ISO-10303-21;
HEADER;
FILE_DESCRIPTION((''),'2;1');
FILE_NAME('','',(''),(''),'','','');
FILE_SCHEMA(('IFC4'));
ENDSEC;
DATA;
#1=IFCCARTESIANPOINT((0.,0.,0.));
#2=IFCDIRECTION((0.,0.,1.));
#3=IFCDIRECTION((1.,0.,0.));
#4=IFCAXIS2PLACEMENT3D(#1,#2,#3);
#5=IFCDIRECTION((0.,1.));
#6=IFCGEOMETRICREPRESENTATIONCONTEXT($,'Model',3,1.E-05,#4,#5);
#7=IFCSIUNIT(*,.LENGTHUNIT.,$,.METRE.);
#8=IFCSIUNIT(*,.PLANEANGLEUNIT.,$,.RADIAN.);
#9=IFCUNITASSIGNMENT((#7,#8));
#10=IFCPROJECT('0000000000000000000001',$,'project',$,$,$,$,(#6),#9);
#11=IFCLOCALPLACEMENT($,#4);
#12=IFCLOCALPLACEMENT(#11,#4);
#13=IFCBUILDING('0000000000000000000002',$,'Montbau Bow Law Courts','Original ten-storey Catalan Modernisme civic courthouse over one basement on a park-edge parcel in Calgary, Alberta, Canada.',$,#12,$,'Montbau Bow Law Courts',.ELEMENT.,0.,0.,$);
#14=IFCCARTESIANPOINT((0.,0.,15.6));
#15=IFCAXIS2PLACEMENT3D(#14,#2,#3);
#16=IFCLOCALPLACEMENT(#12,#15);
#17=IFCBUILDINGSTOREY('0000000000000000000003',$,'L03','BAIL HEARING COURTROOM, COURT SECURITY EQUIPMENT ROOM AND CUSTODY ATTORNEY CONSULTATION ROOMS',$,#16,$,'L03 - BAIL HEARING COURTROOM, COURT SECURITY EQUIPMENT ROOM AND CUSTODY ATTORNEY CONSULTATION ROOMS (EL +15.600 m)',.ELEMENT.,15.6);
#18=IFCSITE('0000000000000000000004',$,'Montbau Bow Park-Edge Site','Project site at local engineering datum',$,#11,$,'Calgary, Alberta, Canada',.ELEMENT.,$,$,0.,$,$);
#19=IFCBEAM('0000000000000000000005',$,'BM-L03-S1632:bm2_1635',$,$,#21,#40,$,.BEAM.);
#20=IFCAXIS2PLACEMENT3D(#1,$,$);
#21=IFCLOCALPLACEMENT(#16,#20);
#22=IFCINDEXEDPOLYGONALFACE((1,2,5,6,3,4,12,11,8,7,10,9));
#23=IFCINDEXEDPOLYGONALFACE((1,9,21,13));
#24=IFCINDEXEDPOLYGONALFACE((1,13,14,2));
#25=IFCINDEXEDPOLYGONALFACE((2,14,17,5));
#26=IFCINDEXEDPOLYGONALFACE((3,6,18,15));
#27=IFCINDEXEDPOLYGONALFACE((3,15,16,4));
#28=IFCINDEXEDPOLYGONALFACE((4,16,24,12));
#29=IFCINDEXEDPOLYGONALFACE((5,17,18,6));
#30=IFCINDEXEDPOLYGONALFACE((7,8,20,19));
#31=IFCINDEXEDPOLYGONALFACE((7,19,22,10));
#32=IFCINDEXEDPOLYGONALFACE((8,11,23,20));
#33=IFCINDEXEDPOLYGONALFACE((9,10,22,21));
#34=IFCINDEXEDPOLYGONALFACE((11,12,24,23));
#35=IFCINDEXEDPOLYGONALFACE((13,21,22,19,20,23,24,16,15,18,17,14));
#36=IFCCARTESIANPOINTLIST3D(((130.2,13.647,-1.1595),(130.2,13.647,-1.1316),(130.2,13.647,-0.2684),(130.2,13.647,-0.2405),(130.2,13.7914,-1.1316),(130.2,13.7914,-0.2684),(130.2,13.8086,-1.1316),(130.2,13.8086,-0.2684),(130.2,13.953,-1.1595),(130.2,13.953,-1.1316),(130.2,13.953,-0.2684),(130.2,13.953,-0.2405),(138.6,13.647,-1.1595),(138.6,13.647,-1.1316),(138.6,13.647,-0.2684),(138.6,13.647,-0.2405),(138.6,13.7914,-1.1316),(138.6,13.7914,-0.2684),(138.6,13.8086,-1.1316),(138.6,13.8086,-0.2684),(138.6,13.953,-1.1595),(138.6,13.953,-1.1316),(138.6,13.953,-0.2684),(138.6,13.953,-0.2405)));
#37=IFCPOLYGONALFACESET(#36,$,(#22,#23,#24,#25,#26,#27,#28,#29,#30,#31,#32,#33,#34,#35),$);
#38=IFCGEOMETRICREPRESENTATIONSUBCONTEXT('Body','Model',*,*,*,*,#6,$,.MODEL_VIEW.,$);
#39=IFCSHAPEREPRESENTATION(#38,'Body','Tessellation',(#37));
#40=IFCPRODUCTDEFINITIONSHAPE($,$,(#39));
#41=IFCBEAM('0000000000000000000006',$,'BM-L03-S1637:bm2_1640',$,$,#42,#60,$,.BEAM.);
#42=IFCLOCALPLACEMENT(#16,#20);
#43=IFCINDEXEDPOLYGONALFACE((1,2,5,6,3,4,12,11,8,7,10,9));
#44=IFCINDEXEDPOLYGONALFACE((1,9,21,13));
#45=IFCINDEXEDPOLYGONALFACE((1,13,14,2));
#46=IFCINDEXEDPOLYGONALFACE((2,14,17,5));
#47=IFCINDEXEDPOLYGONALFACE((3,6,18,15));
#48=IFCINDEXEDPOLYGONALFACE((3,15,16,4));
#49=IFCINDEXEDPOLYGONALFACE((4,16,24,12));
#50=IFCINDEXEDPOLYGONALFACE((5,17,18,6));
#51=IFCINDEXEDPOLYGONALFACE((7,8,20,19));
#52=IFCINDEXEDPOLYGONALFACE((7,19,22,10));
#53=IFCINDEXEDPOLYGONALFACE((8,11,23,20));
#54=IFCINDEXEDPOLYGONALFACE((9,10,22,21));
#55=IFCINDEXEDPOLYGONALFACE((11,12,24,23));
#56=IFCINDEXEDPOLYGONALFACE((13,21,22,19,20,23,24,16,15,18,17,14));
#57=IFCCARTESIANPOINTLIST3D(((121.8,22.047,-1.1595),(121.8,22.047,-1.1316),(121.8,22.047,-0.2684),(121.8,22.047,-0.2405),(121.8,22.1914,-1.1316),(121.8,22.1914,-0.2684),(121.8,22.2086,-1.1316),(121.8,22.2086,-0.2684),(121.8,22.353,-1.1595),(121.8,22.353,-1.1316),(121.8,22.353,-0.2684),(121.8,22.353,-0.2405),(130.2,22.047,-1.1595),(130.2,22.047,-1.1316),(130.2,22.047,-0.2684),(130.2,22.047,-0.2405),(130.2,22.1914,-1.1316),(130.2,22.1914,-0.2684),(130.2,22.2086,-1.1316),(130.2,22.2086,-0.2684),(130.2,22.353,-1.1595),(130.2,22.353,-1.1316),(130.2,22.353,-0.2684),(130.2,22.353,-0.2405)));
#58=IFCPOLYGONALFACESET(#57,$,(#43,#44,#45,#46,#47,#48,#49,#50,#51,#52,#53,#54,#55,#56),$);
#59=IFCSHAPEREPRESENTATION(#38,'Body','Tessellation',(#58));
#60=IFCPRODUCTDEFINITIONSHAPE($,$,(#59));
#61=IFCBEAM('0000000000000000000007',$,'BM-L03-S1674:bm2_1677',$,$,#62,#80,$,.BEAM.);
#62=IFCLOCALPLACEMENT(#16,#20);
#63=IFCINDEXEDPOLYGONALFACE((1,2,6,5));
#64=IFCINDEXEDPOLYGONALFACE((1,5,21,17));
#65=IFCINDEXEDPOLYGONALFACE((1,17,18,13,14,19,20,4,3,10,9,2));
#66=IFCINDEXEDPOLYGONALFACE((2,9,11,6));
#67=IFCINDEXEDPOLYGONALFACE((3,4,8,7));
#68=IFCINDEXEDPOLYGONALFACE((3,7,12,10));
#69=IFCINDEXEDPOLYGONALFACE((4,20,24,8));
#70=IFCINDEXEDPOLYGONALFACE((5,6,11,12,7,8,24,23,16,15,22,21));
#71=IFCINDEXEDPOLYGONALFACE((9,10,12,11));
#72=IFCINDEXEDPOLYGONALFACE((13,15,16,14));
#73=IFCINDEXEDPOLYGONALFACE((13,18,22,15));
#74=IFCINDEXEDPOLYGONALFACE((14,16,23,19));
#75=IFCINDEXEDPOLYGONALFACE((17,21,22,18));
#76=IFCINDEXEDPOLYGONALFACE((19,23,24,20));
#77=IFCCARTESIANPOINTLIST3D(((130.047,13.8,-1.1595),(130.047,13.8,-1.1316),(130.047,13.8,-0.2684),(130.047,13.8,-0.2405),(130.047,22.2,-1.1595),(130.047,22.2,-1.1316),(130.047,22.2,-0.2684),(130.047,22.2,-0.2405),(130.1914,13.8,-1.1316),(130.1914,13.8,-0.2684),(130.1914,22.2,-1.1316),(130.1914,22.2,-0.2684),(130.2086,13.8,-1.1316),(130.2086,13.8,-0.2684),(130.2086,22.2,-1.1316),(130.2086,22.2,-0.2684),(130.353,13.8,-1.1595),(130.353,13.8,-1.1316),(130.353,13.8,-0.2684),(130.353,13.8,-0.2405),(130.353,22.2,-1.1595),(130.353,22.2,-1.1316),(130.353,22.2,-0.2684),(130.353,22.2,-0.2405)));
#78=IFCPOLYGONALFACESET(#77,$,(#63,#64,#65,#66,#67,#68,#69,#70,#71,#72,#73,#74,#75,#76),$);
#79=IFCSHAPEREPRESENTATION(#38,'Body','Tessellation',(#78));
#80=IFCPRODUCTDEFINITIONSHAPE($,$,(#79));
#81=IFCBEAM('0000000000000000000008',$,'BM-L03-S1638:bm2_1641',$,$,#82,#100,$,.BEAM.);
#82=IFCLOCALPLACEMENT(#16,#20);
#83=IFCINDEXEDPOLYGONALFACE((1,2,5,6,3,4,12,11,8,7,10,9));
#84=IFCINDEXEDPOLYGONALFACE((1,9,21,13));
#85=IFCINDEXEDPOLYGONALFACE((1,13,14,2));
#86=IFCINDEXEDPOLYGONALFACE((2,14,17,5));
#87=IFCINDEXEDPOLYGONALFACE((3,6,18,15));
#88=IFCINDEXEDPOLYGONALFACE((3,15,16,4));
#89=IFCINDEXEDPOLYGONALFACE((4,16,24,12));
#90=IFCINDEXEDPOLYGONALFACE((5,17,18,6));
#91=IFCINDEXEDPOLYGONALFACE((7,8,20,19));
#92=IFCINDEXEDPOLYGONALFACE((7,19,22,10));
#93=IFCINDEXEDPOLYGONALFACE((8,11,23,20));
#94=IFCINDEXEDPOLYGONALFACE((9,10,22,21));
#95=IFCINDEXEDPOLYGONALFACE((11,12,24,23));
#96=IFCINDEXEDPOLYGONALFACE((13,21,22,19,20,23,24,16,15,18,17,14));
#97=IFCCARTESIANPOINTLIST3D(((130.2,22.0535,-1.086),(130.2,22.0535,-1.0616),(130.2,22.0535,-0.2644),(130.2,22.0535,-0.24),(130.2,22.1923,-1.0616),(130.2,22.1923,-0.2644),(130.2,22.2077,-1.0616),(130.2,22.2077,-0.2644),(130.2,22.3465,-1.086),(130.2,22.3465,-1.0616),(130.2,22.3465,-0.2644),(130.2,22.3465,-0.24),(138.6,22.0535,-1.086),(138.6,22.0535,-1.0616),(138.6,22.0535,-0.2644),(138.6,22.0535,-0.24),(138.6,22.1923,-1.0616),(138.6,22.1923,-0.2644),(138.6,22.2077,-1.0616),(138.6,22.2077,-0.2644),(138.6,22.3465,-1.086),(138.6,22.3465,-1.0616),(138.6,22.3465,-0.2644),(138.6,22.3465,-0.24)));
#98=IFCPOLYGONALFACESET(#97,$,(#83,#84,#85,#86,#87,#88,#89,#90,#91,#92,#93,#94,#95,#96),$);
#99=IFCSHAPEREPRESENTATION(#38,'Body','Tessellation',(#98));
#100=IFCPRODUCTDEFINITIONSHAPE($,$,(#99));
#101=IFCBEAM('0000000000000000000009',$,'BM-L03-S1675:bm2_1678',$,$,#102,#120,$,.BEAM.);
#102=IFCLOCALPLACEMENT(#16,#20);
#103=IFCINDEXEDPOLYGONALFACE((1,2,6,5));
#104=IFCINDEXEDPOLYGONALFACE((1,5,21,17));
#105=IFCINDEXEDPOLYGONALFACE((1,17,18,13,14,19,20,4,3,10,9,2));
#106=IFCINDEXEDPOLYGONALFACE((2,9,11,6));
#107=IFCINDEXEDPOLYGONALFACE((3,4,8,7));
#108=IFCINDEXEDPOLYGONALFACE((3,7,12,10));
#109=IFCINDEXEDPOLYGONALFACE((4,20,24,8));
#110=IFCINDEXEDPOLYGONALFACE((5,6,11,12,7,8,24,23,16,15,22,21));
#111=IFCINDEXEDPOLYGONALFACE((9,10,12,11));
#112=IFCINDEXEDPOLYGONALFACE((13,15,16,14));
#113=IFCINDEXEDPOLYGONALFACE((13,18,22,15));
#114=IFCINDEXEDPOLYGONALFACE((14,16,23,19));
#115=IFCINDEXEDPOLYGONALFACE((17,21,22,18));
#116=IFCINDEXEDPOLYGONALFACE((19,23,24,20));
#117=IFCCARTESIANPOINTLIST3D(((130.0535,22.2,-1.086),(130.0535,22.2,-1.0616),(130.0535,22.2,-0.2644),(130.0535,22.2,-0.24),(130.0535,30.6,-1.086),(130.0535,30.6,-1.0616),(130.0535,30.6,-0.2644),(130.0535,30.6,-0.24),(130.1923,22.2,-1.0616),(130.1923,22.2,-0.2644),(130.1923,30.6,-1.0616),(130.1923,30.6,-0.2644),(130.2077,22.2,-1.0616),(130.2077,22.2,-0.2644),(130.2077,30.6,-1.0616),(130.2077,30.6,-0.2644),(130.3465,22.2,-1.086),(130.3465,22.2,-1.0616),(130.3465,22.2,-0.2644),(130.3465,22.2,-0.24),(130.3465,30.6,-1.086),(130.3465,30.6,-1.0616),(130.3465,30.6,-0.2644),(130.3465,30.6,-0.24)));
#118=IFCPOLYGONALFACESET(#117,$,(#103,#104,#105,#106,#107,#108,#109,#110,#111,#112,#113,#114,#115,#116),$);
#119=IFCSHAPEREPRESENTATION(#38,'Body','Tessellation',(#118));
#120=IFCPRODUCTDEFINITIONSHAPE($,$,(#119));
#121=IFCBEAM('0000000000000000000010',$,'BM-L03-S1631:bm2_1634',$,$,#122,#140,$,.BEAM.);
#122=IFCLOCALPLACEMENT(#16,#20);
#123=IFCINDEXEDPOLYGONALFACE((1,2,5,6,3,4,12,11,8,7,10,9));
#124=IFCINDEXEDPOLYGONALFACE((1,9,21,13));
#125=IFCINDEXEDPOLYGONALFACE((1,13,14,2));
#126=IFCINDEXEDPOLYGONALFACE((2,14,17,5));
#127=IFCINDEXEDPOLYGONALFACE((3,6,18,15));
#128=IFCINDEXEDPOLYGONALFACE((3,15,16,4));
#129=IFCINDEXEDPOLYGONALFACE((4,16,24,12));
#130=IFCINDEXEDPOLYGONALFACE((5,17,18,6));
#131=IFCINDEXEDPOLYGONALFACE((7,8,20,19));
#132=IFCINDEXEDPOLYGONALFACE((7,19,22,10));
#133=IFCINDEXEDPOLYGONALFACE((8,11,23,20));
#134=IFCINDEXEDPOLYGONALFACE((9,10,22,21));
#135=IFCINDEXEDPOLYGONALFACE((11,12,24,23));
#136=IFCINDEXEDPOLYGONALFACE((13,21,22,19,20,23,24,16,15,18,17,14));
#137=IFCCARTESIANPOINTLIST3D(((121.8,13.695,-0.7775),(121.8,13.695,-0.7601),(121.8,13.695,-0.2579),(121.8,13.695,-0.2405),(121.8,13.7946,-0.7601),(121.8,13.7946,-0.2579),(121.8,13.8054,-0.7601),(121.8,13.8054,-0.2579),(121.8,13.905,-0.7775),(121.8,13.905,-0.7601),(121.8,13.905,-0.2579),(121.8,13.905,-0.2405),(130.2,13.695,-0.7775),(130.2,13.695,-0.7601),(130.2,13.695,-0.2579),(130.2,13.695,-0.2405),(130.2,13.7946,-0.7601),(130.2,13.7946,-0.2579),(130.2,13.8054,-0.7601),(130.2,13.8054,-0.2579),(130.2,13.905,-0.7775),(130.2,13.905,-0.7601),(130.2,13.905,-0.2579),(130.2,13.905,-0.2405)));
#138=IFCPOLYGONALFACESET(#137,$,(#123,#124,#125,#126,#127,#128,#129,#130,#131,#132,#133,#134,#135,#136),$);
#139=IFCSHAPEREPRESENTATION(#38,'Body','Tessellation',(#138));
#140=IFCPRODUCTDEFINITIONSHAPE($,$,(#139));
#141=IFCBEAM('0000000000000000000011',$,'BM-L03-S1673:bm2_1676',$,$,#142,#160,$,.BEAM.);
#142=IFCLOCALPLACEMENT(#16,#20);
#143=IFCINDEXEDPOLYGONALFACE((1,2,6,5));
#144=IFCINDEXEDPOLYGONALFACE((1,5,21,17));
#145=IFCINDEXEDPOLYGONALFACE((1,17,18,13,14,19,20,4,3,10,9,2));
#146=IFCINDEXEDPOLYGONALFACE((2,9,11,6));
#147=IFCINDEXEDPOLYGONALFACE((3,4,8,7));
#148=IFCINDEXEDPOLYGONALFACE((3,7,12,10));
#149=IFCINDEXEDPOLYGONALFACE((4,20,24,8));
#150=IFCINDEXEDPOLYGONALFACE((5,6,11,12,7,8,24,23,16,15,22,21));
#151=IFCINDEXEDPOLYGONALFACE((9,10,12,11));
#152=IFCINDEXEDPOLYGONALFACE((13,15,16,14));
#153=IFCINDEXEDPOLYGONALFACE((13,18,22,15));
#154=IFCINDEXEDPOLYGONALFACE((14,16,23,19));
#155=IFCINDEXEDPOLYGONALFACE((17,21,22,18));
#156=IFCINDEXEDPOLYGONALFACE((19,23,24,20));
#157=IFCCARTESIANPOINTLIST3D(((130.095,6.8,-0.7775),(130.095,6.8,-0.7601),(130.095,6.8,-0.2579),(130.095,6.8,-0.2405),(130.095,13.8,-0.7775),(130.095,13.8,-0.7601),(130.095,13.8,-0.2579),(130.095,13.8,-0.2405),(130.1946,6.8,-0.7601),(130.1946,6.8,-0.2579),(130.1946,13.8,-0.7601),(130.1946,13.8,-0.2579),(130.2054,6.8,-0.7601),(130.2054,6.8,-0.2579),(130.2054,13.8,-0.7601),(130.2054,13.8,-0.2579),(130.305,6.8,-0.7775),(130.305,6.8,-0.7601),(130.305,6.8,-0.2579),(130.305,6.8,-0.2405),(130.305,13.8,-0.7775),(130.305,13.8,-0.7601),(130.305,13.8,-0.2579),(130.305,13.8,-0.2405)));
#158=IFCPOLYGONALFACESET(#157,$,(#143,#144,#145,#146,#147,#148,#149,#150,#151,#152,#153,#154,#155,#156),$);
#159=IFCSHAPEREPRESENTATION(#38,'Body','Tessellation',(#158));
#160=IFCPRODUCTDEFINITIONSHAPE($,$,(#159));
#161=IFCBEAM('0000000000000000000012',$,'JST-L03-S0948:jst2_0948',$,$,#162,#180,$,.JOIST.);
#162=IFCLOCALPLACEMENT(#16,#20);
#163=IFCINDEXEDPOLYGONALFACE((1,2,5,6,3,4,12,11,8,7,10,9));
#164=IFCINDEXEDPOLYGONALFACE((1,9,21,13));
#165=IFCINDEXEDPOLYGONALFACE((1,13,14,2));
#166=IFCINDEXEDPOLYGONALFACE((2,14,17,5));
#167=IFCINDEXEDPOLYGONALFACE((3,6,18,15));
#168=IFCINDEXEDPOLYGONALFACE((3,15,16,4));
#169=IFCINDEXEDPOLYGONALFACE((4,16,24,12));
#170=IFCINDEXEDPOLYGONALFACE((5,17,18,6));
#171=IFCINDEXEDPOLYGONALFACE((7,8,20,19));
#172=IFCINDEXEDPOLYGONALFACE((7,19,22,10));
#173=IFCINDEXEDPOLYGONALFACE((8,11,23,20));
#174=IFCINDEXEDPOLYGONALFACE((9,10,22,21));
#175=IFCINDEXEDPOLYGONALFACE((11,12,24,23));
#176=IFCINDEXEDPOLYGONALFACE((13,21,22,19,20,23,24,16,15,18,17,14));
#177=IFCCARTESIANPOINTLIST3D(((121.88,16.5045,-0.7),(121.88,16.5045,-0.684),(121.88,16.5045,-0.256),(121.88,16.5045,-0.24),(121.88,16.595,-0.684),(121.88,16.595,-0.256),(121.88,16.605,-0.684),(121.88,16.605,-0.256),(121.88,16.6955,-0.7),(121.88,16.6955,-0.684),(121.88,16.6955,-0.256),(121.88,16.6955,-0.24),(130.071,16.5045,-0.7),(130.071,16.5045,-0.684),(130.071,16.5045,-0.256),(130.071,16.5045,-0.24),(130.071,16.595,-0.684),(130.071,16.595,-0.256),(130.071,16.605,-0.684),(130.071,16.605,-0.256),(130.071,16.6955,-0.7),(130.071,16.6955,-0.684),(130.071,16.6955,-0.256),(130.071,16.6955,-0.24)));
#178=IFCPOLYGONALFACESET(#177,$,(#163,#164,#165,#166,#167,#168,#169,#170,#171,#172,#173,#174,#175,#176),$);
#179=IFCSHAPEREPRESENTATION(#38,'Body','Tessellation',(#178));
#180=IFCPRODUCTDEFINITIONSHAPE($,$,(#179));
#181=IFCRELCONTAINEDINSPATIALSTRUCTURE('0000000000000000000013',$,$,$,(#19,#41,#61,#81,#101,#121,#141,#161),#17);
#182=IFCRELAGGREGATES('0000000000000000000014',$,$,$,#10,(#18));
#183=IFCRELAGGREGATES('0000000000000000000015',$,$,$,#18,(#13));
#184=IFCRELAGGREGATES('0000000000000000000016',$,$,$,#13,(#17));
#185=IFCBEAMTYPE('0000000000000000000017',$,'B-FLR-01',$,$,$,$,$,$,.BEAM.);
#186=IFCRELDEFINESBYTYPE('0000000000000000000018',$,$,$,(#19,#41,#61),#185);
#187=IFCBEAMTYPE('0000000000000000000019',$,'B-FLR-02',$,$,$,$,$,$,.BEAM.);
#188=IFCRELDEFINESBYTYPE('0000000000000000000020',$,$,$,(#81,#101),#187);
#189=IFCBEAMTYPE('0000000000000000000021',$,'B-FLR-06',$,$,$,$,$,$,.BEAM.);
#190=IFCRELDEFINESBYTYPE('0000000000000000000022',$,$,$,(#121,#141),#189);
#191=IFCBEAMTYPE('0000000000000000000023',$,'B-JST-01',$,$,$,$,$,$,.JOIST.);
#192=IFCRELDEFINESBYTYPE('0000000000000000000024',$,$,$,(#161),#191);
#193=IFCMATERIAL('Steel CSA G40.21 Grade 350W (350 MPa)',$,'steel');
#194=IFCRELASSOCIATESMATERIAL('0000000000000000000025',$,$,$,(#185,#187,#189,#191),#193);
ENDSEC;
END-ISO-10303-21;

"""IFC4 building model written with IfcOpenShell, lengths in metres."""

from ifc_helpers import new_model, si_unit, direction, frame, origin_with_axes, origin_2d_with_axis, place, context, subcontext, project, spatial, i_section, extrude, material, material_profile, profile_set, type_object, element, save


model = new_model("IFC4")

# Units and contexts
model_context = context("Model", 3, precision=1e-05, world=origin_with_axes(), true_north=direction((0.0, 1.0)))
body_context = subcontext(model_context, "Body", "Model", "MODEL_VIEW")
ifc_project = project(units=[si_unit("LENGTHUNIT", "METRE"), si_unit("PLANEANGLEUNIT", "RADIAN")], contexts=[model_context])

# Site, building, storey
site_placement = place(None, origin_with_axes())
site = spatial("IfcSite", under=ifc_project, at=site_placement, Name="Montbau Bow Park-Edge Site", Description="Project site at local engineering datum", LongName="Calgary, Alberta, Canada", CompositionType="ELEMENT", RefElevation=0.0)
building_placement = place(site_placement, origin_with_axes())
building = spatial("IfcBuilding", under=site, at=building_placement, Name="Montbau Bow Law Courts", Description="Original ten-storey Catalan Modernisme civic courthouse over one basement on a park-edge parcel in Calgary, Alberta, Canada.", LongName="Montbau Bow Law Courts", CompositionType="ELEMENT", ElevationOfRefHeight=0.0, ElevationOfTerrain=0.0)
storey_placement = place(building_placement, frame((0.0, 0.0, 15.6), z_axis=(0.0, 0.0, 1.0), x_axis=(1.0, 0.0, 0.0)))
storey = spatial("IfcBuildingStorey", under=building, at=storey_placement, Name="L03", Description="BAIL HEARING COURTROOM, COURT SECURITY EQUIPMENT ROOM AND CUSTODY ATTORNEY CONSULTATION ROOMS", LongName="L03 - BAIL HEARING COURTROOM, COURT SECURITY EQUIPMENT ROOM AND CUSTODY ATTORNEY CONSULTATION ROOMS (EL +15.600 m)", CompositionType="ELEMENT", Elevation=15.6)

# Beams
ifc_material_1 = material(Name="Steel CSA G40.21 Grade 350W (350 MPa)", Category="steel")
ifc_material_profile_1 = material_profile(ifc_material_1, i_section(OverallWidth=0.306, OverallDepth=0.919, WebThickness=0.0173, FlangeThickness=0.0279, at=origin_2d_with_axis()), Name="W920X253", Category="Main", Priority=0)
ifc_profile_set_1 = profile_set([ifc_material_profile_1], Name="Steel CSA G40.21 Grade 350W (350 MPa)")
beam_type_1 = type_object("IfcBeamType", Name="B-FLR-01", PredefinedType="BEAM", material=ifc_profile_set_1)
for number, where, z_axis, x_axis, name in (
    (1, (130.2, 13.8, 14.9), (1.0, 0.0, 0.0), (0.0, 1.0, 0.0), "BM-L03-S1632:bm2_1635"),
    (2, (121.8, 22.2, 14.9), (1.0, 0.0, 0.0), (0.0, 1.0, 0.0), "BM-L03-S1637:bm2_1640"),
    (3, (130.2, 13.8, 14.9), (0.0, 1.0, 0.0), (-1.0, 0.0, 0.0), "BM-L03-S1674:bm2_1677"),
):
    element("IfcBeam", number, at=place(None, frame(where, z_axis=z_axis, x_axis=x_axis)), inside=storey, type_object=beam_type_1, Name=name, PredefinedType="BEAM", context=body_context, shape_type="SweptSolid", body=[
        extrude(i_section(OverallWidth=0.306, OverallDepth=0.919, WebThickness=0.0173, FlangeThickness=0.0279, at=origin_2d_with_axis()), origin_with_axes(), (0.0, 0.0, 1.0), 8.4),
    ])
ifc_material_profile_2 = material_profile(ifc_material_1, i_section(OverallWidth=0.293, OverallDepth=0.846, WebThickness=0.0154, FlangeThickness=0.0244, at=origin_2d_with_axis()), Name="W840X210", Category="Main", Priority=0)
ifc_profile_set_2 = profile_set([ifc_material_profile_2], Name="Steel CSA G40.21 Grade 350W (350 MPa)")
beam_type_2 = type_object("IfcBeamType", Name="B-FLR-02", PredefinedType="BEAM", material=ifc_profile_set_2)
for number, where, z_axis, x_axis, name in (
    (4, (130.2, 22.2, 14.937), (1.0, 0.0, 0.0), (0.0, 1.0, 0.0), "BM-L03-S1638:bm2_1641"),
    (5, (130.2, 22.2, 14.937), (0.0, 1.0, 0.0), (-1.0, 0.0, 0.0), "BM-L03-S1675:bm2_1678"),
):
    element("IfcBeam", number, at=place(None, frame(where, z_axis=z_axis, x_axis=x_axis)), inside=storey, type_object=beam_type_2, Name=name, PredefinedType="BEAM", context=body_context, shape_type="SweptSolid", body=[
        extrude(i_section(OverallWidth=0.293, OverallDepth=0.846, WebThickness=0.0154, FlangeThickness=0.0244, at=origin_2d_with_axis()), origin_with_axes(), (0.0, 0.0, 1.0), 8.4),
    ])
ifc_material_profile_3 = material_profile(ifc_material_1, i_section(OverallWidth=0.21, OverallDepth=0.537, WebThickness=0.0109, FlangeThickness=0.0174, at=origin_2d_with_axis()), Name="W530X101", Category="Main", Priority=0)
ifc_profile_set_3 = profile_set([ifc_material_profile_3], Name="Steel CSA G40.21 Grade 350W (350 MPa)")
beam_type_3 = type_object("IfcBeamType", Name="B-FLR-06", PredefinedType="BEAM", material=ifc_profile_set_3)
beam_1_placement = place(None, frame((121.8, 13.8, 15.091), z_axis=(1.0, 0.0, 0.0), x_axis=(0.0, 1.0, 0.0)))
element("IfcBeam", 6, at=beam_1_placement, inside=storey, type_object=beam_type_3, Name="BM-L03-S1631:bm2_1634", PredefinedType="BEAM", context=body_context, shape_type="SweptSolid", body=[
    extrude(i_section(OverallWidth=0.21, OverallDepth=0.537, WebThickness=0.0109, FlangeThickness=0.0174, at=origin_2d_with_axis()), origin_with_axes(), (0.0, 0.0, 1.0), 8.4),
])
beam_2_placement = place(None, frame((130.2, 6.8, 15.091), z_axis=(0.0, 1.0, 0.0), x_axis=(-1.0, 0.0, 0.0)))
element("IfcBeam", 7, at=beam_2_placement, inside=storey, type_object=beam_type_3, Name="BM-L03-S1673:bm2_1676", PredefinedType="BEAM", context=body_context, shape_type="SweptSolid", body=[
    extrude(i_section(OverallWidth=0.21, OverallDepth=0.537, WebThickness=0.0109, FlangeThickness=0.0174, at=origin_2d_with_axis()), origin_with_axes(), (0.0, 0.0, 1.0), 7.0),
])
ifc_material_profile_4 = material_profile(ifc_material_1, i_section(OverallWidth=0.191, OverallDepth=0.46, WebThickness=0.0099, FlangeThickness=0.016, at=origin_2d_with_axis()), Name="W460X82", Category="Main", Priority=0)
ifc_profile_set_4 = profile_set([ifc_material_profile_4], Name="Steel CSA G40.21 Grade 350W (350 MPa)")
beam_type_4 = type_object("IfcBeamType", Name="B-JST-01", PredefinedType="JOIST", material=ifc_profile_set_4)
beam_3_placement = place(None, frame((121.88, 16.6, 15.13), z_axis=(1.0, 0.0, 0.0), x_axis=(0.0, 1.0, 0.0)))
element("IfcBeam", 8, at=beam_3_placement, inside=storey, type_object=beam_type_4, Name="JST-L03-S0948:jst2_0948", PredefinedType="JOIST", context=body_context, shape_type="SweptSolid", body=[
    extrude(i_section(OverallWidth=0.191, OverallDepth=0.46, WebThickness=0.0099, FlangeThickness=0.016, at=origin_2d_with_axis()), origin_with_axes(), (0.0, 0.0, 1.0), 8.191),
])

save(model, "model.ifc")
